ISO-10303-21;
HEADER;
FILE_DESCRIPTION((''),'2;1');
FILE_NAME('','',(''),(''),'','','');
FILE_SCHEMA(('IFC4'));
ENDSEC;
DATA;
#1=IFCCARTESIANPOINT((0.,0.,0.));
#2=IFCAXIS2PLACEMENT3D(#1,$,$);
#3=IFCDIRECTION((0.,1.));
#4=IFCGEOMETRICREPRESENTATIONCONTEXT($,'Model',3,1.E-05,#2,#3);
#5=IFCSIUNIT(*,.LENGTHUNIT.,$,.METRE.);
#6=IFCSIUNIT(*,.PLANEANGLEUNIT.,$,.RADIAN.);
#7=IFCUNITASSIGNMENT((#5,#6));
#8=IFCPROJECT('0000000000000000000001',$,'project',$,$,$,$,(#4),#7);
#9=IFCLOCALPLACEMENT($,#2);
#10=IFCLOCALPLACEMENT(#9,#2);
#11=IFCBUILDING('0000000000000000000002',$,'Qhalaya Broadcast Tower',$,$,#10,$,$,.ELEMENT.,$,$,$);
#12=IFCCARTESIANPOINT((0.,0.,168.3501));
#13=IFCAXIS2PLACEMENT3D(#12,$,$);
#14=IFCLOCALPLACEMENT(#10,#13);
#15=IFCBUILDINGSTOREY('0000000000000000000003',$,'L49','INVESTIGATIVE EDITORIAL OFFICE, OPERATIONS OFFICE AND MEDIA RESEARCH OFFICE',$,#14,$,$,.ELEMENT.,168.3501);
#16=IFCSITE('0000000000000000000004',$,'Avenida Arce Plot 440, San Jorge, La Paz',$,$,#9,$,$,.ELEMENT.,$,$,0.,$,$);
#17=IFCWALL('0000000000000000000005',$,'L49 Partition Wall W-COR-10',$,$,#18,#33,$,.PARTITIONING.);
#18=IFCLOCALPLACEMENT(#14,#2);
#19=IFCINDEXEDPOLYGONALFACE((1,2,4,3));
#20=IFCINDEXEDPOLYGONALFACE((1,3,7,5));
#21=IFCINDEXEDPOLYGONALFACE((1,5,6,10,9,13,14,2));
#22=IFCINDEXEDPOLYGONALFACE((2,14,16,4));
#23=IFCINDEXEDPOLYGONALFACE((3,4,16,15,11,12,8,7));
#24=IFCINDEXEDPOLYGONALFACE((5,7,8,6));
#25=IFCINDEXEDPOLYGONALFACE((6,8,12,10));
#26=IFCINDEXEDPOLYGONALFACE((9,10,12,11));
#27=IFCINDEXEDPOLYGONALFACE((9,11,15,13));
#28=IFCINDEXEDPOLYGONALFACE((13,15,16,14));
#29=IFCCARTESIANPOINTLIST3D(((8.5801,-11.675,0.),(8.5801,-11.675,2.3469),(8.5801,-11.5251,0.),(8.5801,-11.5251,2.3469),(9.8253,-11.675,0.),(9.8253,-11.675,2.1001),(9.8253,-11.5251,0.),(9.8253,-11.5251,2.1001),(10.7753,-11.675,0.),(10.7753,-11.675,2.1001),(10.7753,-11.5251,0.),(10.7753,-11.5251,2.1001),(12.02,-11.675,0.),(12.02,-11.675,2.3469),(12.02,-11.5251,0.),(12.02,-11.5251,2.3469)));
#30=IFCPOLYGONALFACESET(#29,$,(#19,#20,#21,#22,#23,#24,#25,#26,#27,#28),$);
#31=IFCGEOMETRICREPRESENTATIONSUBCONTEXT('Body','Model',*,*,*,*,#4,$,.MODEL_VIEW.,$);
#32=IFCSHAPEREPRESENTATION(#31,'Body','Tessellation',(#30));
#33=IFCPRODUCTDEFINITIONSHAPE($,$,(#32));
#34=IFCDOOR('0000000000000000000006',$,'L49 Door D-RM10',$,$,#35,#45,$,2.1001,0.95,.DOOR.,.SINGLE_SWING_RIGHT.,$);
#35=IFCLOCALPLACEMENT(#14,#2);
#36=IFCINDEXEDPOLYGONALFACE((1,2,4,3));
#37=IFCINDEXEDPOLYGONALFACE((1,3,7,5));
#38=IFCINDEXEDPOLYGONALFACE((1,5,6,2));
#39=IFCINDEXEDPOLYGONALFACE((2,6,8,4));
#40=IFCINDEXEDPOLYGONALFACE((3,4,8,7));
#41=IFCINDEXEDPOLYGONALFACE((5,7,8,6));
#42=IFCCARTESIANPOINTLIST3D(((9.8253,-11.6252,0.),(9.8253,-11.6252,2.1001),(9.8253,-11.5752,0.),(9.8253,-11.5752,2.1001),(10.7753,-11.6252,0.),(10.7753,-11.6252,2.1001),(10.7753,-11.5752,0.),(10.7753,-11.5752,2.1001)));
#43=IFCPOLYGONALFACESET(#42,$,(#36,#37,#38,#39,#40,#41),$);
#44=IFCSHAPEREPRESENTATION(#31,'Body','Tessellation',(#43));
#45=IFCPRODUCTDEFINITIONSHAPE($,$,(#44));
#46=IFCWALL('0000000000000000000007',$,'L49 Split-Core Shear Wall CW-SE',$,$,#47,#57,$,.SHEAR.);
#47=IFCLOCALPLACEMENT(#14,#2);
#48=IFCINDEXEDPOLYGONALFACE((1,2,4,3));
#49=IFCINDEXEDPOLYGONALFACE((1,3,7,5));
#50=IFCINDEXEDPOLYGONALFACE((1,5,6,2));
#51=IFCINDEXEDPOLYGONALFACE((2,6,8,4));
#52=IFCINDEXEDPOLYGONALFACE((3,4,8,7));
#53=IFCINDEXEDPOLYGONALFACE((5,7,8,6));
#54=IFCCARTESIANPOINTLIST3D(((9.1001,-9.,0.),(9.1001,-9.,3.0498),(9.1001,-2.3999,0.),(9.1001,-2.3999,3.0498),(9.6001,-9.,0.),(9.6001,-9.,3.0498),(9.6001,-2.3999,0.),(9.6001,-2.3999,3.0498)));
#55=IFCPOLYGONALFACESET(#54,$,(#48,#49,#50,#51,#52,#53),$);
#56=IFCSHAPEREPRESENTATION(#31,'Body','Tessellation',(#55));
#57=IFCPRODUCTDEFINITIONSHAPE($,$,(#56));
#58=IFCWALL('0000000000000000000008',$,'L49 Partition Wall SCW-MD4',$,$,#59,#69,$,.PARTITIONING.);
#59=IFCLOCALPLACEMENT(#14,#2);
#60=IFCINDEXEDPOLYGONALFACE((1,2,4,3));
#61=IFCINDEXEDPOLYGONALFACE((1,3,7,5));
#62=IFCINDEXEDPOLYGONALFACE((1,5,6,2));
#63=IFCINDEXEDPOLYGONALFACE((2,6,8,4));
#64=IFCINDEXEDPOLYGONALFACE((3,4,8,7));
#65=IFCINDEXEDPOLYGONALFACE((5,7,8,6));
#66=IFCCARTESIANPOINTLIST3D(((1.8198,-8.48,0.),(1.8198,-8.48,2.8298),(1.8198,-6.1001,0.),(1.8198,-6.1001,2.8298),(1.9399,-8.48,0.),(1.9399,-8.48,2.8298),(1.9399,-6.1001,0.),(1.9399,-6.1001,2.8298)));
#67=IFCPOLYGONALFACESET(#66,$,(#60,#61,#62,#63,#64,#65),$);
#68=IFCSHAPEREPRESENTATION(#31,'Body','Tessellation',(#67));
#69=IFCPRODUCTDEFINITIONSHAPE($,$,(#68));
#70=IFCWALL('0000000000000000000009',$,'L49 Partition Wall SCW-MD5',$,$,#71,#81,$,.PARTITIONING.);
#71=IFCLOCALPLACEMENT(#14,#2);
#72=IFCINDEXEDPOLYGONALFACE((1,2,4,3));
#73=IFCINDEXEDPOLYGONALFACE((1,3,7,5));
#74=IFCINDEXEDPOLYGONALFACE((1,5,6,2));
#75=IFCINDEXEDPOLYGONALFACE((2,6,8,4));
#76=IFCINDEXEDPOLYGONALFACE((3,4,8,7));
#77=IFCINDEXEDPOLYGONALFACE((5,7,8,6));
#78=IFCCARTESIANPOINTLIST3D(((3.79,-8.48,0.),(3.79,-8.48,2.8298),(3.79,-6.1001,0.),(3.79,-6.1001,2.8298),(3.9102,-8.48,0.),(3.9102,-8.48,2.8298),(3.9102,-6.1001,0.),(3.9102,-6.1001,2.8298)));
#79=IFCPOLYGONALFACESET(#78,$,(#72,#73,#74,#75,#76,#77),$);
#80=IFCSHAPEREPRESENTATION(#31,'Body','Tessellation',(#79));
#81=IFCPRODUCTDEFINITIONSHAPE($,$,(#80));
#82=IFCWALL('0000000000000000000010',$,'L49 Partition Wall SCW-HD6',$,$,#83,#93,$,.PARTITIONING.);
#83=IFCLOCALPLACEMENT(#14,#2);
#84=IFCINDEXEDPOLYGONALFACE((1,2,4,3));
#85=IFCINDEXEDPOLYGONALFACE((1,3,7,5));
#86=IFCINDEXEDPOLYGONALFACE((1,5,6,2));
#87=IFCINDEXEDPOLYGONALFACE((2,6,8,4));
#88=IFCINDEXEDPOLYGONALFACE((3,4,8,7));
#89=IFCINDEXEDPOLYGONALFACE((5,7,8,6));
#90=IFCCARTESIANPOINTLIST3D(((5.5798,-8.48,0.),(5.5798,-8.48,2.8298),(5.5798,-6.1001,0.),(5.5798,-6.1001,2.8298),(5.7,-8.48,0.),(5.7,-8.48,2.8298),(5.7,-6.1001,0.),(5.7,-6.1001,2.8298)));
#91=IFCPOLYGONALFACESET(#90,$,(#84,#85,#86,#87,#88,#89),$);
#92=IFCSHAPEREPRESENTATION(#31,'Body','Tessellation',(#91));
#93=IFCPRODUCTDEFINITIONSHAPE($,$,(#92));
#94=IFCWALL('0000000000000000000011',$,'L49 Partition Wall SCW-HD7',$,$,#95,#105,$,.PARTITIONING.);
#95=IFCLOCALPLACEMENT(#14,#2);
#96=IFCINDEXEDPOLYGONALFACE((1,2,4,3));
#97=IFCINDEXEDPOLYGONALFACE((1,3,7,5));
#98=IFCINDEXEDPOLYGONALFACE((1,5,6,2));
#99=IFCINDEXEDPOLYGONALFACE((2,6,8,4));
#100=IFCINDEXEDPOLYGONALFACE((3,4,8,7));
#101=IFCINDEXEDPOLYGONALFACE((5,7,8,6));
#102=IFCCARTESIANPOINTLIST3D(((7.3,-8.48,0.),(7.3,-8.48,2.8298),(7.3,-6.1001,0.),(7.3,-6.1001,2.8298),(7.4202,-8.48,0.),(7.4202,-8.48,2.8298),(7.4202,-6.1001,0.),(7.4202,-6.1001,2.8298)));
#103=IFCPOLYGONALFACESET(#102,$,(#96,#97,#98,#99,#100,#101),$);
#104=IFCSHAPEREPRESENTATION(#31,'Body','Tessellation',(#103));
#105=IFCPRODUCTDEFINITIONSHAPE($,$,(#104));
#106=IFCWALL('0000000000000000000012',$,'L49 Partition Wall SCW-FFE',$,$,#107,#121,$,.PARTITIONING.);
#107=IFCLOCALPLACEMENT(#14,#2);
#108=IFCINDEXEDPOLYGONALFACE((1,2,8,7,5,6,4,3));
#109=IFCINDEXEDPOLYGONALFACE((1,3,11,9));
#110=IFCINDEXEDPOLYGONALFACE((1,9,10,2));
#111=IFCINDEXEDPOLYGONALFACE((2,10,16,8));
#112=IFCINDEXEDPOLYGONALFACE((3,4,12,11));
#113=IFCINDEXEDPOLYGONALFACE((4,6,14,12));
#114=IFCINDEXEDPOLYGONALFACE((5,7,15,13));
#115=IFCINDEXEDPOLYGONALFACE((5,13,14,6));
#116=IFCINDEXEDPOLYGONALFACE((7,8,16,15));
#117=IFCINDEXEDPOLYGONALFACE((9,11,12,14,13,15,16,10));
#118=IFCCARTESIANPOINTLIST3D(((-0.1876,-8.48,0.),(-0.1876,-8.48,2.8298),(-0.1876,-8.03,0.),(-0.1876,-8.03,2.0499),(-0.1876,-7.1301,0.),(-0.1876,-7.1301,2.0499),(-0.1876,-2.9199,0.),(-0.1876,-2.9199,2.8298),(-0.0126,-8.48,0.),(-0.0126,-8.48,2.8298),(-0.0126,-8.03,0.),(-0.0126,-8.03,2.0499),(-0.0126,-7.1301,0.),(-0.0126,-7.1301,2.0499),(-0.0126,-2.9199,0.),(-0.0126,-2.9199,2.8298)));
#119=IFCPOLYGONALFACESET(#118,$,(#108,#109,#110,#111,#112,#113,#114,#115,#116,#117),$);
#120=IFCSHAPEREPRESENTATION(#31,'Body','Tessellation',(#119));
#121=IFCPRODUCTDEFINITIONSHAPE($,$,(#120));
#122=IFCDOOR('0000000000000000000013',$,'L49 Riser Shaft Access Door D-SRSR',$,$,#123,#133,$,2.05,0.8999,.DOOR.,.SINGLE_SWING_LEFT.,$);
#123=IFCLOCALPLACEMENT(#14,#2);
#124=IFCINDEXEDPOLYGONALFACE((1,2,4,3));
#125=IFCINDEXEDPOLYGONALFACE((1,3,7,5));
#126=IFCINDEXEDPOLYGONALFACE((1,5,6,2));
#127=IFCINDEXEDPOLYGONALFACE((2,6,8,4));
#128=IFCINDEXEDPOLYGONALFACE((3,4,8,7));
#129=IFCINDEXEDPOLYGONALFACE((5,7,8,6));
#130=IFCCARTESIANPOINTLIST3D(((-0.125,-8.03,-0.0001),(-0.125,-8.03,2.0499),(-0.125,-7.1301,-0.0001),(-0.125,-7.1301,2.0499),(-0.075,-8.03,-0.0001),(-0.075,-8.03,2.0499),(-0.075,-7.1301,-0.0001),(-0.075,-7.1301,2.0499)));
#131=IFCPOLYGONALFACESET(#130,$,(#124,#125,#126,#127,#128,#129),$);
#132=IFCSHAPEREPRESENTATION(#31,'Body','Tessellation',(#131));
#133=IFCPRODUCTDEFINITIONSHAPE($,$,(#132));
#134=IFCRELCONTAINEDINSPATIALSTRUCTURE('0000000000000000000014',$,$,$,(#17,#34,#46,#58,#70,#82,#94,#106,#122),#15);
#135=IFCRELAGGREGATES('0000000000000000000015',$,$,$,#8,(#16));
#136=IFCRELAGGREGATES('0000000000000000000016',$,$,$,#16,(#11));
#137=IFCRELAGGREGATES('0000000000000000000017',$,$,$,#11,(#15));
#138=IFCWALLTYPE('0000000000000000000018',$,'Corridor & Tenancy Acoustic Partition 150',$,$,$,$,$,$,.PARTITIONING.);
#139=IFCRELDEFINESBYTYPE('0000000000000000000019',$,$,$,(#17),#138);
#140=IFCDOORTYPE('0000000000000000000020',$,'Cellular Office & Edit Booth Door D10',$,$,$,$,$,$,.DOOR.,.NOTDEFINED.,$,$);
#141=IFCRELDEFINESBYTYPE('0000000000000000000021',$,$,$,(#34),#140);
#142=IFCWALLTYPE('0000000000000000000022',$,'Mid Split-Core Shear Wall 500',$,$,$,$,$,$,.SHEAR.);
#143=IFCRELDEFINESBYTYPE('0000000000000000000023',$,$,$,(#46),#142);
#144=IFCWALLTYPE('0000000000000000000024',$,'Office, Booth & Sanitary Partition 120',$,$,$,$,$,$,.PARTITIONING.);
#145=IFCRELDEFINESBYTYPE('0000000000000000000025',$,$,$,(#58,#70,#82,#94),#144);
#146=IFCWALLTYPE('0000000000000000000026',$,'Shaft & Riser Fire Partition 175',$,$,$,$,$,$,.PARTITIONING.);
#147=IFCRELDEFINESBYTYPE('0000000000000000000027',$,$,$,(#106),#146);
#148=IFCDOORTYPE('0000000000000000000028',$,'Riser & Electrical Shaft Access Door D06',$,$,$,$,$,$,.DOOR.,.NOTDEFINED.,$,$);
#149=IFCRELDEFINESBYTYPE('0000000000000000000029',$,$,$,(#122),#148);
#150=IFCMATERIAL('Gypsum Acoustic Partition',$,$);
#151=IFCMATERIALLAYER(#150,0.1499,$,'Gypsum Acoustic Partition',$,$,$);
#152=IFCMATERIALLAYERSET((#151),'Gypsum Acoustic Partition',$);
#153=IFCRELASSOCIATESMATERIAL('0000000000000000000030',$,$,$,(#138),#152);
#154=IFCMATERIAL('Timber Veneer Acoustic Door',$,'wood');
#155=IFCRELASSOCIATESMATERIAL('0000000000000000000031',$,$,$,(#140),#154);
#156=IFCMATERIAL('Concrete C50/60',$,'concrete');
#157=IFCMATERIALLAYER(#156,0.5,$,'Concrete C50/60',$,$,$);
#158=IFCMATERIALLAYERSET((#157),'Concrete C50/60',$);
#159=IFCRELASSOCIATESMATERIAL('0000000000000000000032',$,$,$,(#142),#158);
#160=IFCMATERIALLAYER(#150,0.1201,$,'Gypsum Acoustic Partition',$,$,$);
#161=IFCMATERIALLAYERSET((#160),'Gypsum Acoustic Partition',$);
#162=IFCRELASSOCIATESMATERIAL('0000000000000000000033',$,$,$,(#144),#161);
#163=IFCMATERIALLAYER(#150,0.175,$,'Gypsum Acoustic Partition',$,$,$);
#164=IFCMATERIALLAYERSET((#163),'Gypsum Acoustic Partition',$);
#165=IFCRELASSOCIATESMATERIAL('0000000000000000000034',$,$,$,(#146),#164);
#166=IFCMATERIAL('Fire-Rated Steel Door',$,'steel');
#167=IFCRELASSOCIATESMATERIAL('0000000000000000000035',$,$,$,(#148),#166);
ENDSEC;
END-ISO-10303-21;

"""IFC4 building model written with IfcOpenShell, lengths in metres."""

from ifc_helpers import new_model, si_unit, direction, frame, frame_2d, origin, place, context, subcontext, project, spatial, rectangle, extrude, material, layer, layer_set, type_object, element, fill, save


model = new_model("IFC4")

# Units and contexts
model_context = context("Model", 3, precision=1e-05, world=origin(), true_north=direction((0.0, 1.0)))
body_context = subcontext(model_context, "Body", "Model", "MODEL_VIEW")
ifc_project = project(units=[si_unit("LENGTHUNIT", "METRE"), si_unit("PLANEANGLEUNIT", "RADIAN")], contexts=[model_context])

# Site, building, storey
site_placement = place(None, origin())
site = spatial("IfcSite", under=ifc_project, at=site_placement, Name="Avenida Arce Plot 440, San Jorge, La Paz", CompositionType="ELEMENT", RefElevation=0.0)
building_placement = place(site_placement, origin())
building = spatial("IfcBuilding", under=site, at=building_placement, Name="Qhalaya Broadcast Tower", CompositionType="ELEMENT")
storey_placement = place(building_placement, frame((0.0, 0.0, 168.3501)))
storey = spatial("IfcBuildingStorey", under=building, at=storey_placement, Name="L49", Description="INVESTIGATIVE EDITORIAL OFFICE, OPERATIONS OFFICE AND MEDIA RESEARCH OFFICE", CompositionType="ELEMENT", Elevation=168.3501)

# Shared definitions
ifc_material_1 = material(Name="Gypsum Acoustic Partition")
ifc_layer_1 = layer(ifc_material_1, 0.1499, Name="Gypsum Acoustic Partition")
ifc_layer_set_1 = layer_set([ifc_layer_1], Name="Gypsum Acoustic Partition")
wall_type_1 = type_object("IfcWallType", Name="Corridor & Tenancy Acoustic Partition 150", PredefinedType="PARTITIONING", material=ifc_layer_set_1)

# Wall, opening, door
ifc_material_2 = material(Name="Timber Veneer Acoustic Door", Category="wood")
door_type_1 = type_object("IfcDoorType", Name="Cellular Office & Edit Booth Door D10", OperationType="NOTDEFINED", PredefinedType="DOOR", material=ifc_material_2)
wall_1_placement = place(storey_placement, frame((8.5801, -11.6001, 0.0), z_axis=(0.0, 0.0, 1.0), x_axis=(1.0, 0.0, 0.0)))
wall_1 = element("IfcWall", 1, at=wall_1_placement, inside=storey, type_object=wall_type_1, Name="L49 Partition Wall W-COR-10", PredefinedType="PARTITIONING", context=body_context, shape_type="SweptSolid", body=[
    extrude(rectangle(XDim=3.4399, YDim=0.1499, at=frame_2d((1.72, 0.0))), origin(), (0.0, 0.0, 1.0), 2.3469),
])
opening_1_placement = place(wall_1_placement, frame((1.2451, 0.0, 0.0)))
opening_1 = element("IfcOpeningElement", 2, at=opening_1_placement, cuts=wall_1, PredefinedType="OPENING", context=body_context, shape_type="SweptSolid", body=[
    extrude(rectangle(XDim=0.95, YDim=2.1001, at=frame_2d((0.4751, 1.05))), frame((0.0, 0.0869, 0.0), z_axis=(0.0, -1.0, 0.0), x_axis=(1.0, 0.0, 0.0)), (0.0, 0.0, 1.0), 0.1738),
])
door_1_placement = place(opening_1_placement, origin())
door_1 = element("IfcDoor", 3, at=door_1_placement, inside=storey, type_object=door_type_1, Name="L49 Door D-RM10", OperationType="SINGLE_SWING_RIGHT", OverallHeight=2.1001, OverallWidth=0.95, PredefinedType="DOOR", context=body_context, shape_type="SweptSolid", body=[
    extrude(rectangle(XDim=0.95, YDim=2.1001, at=frame_2d((0.4751, 1.05))), frame((0.0, 0.0249, 0.0), z_axis=(0.0, -1.0, 0.0), x_axis=(1.0, 0.0, 0.0)), (0.0, 0.0, 1.0), 0.05),
])
fill(opening_1, door_1)

# Walls
ifc_material_3 = material(Name="Concrete C50/60", Category="concrete")
ifc_layer_2 = layer(ifc_material_3, 0.5, Name="Concrete C50/60")
ifc_layer_set_2 = layer_set([ifc_layer_2], Name="Concrete C50/60")
wall_type_2 = type_object("IfcWallType", Name="Mid Split-Core Shear Wall 500", PredefinedType="SHEAR", material=ifc_layer_set_2)
wall_2_placement = place(storey_placement, frame((9.3501, -9.0, 0.0), z_axis=(0.0, 0.0, 1.0), x_axis=(0.0, 1.0, 0.0)))
element("IfcWall", 4, at=wall_2_placement, inside=storey, type_object=wall_type_2, Name="L49 Split-Core Shear Wall CW-SE", PredefinedType="SHEAR", context=body_context, shape_type="SweptSolid", body=[
    extrude(rectangle(XDim=6.6001, YDim=0.5, at=frame_2d((3.3, 0.0))), origin(), (0.0, 0.0, 1.0), 3.0498),
])
ifc_layer_3 = layer(ifc_material_1, 0.1201, Name="Gypsum Acoustic Partition")
ifc_layer_set_3 = layer_set([ifc_layer_3], Name="Gypsum Acoustic Partition")
wall_type_3 = type_object("IfcWallType", Name="Office, Booth & Sanitary Partition 120", PredefinedType="PARTITIONING", material=ifc_layer_set_3)
for number, where, z_axis, x_axis, name in (
    (5, (1.8799, -8.48, 0.0), (0.0, 0.0, 1.0), (0.0, 1.0, 0.0), "L49 Partition Wall SCW-MD4"),
    (6, (3.8501, -8.48, 0.0), (0.0, 0.0, 1.0), (0.0, 1.0, 0.0), "L49 Partition Wall SCW-MD5"),
    (7, (5.6399, -8.48, 0.0), (0.0, 0.0, 1.0), (0.0, 1.0, 0.0), "L49 Partition Wall SCW-HD6"),
    (8, (7.3601, -8.48, 0.0), (0.0, 0.0, 1.0), (0.0, 1.0, 0.0), "L49 Partition Wall SCW-HD7"),
):
    element("IfcWall", number, at=place(storey_placement, frame(where, z_axis=z_axis, x_axis=x_axis)), inside=storey, type_object=wall_type_3, Name=name, PredefinedType="PARTITIONING", context=body_context, shape_type="SweptSolid", body=[
        extrude(rectangle(XDim=2.3799, YDim=0.1201, at=frame_2d((1.1899, 0.0))), origin(), (0.0, 0.0, 1.0), 2.8298),
    ])

# Wall, opening, door
ifc_layer_4 = layer(ifc_material_1, 0.175, Name="Gypsum Acoustic Partition")
ifc_layer_set_4 = layer_set([ifc_layer_4], Name="Gypsum Acoustic Partition")
wall_type_4 = type_object("IfcWallType", Name="Shaft & Riser Fire Partition 175", PredefinedType="PARTITIONING", material=ifc_layer_set_4)
wall_3_placement = place(storey_placement, frame((-0.1001, -8.48, 0.0), z_axis=(0.0, 0.0, 1.0), x_axis=(0.0, 1.0, 0.0)))
wall_3 = element("IfcWall", 9, at=wall_3_placement, inside=storey, type_object=wall_type_4, Name="L49 Partition Wall SCW-FFE", PredefinedType="PARTITIONING", context=body_context, shape_type="SweptSolid", body=[
    extrude(rectangle(XDim=5.5601, YDim=0.175, at=frame_2d((2.78, 0.0))), origin(), (0.0, 0.0, 1.0), 2.8298),
])
opening_2_placement = place(wall_3_placement, frame((0.45, 0.0, 0.0)))
opening_2 = element("IfcOpeningElement", 10, at=opening_2_placement, cuts=wall_3, PredefinedType="OPENING", context=body_context, shape_type="SweptSolid", body=[
    extrude(rectangle(XDim=0.8999, YDim=2.05, at=frame_2d((0.45, 1.0249))), frame((0.0, 0.0996, 0.0), z_axis=(0.0, -1.0, 0.0), x_axis=(1.0, 0.0, 0.0)), (0.0, 0.0, 1.0), 0.199),
])
ifc_material_4 = material(Name="Fire-Rated Steel Door", Category="steel")
door_type_2 = type_object("IfcDoorType", Name="Riser & Electrical Shaft Access Door D06", OperationType="NOTDEFINED", PredefinedType="DOOR", material=ifc_material_4)
door_2_placement = place(opening_2_placement, origin())
door_2 = element("IfcDoor", 11, at=door_2_placement, inside=storey, type_object=door_type_2, Name="L49 Riser Shaft Access Door D-SRSR", OperationType="SINGLE_SWING_LEFT", OverallHeight=2.05, OverallWidth=0.8999, PredefinedType="DOOR", context=body_context, shape_type="SweptSolid", body=[
    extrude(rectangle(XDim=0.8999, YDim=2.05, at=frame_2d((0.45, 1.0249))), frame((0.0, 0.0249, 0.0), z_axis=(0.0, -1.0, 0.0), x_axis=(1.0, 0.0, 0.0)), (0.0, 0.0, 1.0), 0.05),
])
fill(opening_2, door_2)

save(model, "model.ifc")
